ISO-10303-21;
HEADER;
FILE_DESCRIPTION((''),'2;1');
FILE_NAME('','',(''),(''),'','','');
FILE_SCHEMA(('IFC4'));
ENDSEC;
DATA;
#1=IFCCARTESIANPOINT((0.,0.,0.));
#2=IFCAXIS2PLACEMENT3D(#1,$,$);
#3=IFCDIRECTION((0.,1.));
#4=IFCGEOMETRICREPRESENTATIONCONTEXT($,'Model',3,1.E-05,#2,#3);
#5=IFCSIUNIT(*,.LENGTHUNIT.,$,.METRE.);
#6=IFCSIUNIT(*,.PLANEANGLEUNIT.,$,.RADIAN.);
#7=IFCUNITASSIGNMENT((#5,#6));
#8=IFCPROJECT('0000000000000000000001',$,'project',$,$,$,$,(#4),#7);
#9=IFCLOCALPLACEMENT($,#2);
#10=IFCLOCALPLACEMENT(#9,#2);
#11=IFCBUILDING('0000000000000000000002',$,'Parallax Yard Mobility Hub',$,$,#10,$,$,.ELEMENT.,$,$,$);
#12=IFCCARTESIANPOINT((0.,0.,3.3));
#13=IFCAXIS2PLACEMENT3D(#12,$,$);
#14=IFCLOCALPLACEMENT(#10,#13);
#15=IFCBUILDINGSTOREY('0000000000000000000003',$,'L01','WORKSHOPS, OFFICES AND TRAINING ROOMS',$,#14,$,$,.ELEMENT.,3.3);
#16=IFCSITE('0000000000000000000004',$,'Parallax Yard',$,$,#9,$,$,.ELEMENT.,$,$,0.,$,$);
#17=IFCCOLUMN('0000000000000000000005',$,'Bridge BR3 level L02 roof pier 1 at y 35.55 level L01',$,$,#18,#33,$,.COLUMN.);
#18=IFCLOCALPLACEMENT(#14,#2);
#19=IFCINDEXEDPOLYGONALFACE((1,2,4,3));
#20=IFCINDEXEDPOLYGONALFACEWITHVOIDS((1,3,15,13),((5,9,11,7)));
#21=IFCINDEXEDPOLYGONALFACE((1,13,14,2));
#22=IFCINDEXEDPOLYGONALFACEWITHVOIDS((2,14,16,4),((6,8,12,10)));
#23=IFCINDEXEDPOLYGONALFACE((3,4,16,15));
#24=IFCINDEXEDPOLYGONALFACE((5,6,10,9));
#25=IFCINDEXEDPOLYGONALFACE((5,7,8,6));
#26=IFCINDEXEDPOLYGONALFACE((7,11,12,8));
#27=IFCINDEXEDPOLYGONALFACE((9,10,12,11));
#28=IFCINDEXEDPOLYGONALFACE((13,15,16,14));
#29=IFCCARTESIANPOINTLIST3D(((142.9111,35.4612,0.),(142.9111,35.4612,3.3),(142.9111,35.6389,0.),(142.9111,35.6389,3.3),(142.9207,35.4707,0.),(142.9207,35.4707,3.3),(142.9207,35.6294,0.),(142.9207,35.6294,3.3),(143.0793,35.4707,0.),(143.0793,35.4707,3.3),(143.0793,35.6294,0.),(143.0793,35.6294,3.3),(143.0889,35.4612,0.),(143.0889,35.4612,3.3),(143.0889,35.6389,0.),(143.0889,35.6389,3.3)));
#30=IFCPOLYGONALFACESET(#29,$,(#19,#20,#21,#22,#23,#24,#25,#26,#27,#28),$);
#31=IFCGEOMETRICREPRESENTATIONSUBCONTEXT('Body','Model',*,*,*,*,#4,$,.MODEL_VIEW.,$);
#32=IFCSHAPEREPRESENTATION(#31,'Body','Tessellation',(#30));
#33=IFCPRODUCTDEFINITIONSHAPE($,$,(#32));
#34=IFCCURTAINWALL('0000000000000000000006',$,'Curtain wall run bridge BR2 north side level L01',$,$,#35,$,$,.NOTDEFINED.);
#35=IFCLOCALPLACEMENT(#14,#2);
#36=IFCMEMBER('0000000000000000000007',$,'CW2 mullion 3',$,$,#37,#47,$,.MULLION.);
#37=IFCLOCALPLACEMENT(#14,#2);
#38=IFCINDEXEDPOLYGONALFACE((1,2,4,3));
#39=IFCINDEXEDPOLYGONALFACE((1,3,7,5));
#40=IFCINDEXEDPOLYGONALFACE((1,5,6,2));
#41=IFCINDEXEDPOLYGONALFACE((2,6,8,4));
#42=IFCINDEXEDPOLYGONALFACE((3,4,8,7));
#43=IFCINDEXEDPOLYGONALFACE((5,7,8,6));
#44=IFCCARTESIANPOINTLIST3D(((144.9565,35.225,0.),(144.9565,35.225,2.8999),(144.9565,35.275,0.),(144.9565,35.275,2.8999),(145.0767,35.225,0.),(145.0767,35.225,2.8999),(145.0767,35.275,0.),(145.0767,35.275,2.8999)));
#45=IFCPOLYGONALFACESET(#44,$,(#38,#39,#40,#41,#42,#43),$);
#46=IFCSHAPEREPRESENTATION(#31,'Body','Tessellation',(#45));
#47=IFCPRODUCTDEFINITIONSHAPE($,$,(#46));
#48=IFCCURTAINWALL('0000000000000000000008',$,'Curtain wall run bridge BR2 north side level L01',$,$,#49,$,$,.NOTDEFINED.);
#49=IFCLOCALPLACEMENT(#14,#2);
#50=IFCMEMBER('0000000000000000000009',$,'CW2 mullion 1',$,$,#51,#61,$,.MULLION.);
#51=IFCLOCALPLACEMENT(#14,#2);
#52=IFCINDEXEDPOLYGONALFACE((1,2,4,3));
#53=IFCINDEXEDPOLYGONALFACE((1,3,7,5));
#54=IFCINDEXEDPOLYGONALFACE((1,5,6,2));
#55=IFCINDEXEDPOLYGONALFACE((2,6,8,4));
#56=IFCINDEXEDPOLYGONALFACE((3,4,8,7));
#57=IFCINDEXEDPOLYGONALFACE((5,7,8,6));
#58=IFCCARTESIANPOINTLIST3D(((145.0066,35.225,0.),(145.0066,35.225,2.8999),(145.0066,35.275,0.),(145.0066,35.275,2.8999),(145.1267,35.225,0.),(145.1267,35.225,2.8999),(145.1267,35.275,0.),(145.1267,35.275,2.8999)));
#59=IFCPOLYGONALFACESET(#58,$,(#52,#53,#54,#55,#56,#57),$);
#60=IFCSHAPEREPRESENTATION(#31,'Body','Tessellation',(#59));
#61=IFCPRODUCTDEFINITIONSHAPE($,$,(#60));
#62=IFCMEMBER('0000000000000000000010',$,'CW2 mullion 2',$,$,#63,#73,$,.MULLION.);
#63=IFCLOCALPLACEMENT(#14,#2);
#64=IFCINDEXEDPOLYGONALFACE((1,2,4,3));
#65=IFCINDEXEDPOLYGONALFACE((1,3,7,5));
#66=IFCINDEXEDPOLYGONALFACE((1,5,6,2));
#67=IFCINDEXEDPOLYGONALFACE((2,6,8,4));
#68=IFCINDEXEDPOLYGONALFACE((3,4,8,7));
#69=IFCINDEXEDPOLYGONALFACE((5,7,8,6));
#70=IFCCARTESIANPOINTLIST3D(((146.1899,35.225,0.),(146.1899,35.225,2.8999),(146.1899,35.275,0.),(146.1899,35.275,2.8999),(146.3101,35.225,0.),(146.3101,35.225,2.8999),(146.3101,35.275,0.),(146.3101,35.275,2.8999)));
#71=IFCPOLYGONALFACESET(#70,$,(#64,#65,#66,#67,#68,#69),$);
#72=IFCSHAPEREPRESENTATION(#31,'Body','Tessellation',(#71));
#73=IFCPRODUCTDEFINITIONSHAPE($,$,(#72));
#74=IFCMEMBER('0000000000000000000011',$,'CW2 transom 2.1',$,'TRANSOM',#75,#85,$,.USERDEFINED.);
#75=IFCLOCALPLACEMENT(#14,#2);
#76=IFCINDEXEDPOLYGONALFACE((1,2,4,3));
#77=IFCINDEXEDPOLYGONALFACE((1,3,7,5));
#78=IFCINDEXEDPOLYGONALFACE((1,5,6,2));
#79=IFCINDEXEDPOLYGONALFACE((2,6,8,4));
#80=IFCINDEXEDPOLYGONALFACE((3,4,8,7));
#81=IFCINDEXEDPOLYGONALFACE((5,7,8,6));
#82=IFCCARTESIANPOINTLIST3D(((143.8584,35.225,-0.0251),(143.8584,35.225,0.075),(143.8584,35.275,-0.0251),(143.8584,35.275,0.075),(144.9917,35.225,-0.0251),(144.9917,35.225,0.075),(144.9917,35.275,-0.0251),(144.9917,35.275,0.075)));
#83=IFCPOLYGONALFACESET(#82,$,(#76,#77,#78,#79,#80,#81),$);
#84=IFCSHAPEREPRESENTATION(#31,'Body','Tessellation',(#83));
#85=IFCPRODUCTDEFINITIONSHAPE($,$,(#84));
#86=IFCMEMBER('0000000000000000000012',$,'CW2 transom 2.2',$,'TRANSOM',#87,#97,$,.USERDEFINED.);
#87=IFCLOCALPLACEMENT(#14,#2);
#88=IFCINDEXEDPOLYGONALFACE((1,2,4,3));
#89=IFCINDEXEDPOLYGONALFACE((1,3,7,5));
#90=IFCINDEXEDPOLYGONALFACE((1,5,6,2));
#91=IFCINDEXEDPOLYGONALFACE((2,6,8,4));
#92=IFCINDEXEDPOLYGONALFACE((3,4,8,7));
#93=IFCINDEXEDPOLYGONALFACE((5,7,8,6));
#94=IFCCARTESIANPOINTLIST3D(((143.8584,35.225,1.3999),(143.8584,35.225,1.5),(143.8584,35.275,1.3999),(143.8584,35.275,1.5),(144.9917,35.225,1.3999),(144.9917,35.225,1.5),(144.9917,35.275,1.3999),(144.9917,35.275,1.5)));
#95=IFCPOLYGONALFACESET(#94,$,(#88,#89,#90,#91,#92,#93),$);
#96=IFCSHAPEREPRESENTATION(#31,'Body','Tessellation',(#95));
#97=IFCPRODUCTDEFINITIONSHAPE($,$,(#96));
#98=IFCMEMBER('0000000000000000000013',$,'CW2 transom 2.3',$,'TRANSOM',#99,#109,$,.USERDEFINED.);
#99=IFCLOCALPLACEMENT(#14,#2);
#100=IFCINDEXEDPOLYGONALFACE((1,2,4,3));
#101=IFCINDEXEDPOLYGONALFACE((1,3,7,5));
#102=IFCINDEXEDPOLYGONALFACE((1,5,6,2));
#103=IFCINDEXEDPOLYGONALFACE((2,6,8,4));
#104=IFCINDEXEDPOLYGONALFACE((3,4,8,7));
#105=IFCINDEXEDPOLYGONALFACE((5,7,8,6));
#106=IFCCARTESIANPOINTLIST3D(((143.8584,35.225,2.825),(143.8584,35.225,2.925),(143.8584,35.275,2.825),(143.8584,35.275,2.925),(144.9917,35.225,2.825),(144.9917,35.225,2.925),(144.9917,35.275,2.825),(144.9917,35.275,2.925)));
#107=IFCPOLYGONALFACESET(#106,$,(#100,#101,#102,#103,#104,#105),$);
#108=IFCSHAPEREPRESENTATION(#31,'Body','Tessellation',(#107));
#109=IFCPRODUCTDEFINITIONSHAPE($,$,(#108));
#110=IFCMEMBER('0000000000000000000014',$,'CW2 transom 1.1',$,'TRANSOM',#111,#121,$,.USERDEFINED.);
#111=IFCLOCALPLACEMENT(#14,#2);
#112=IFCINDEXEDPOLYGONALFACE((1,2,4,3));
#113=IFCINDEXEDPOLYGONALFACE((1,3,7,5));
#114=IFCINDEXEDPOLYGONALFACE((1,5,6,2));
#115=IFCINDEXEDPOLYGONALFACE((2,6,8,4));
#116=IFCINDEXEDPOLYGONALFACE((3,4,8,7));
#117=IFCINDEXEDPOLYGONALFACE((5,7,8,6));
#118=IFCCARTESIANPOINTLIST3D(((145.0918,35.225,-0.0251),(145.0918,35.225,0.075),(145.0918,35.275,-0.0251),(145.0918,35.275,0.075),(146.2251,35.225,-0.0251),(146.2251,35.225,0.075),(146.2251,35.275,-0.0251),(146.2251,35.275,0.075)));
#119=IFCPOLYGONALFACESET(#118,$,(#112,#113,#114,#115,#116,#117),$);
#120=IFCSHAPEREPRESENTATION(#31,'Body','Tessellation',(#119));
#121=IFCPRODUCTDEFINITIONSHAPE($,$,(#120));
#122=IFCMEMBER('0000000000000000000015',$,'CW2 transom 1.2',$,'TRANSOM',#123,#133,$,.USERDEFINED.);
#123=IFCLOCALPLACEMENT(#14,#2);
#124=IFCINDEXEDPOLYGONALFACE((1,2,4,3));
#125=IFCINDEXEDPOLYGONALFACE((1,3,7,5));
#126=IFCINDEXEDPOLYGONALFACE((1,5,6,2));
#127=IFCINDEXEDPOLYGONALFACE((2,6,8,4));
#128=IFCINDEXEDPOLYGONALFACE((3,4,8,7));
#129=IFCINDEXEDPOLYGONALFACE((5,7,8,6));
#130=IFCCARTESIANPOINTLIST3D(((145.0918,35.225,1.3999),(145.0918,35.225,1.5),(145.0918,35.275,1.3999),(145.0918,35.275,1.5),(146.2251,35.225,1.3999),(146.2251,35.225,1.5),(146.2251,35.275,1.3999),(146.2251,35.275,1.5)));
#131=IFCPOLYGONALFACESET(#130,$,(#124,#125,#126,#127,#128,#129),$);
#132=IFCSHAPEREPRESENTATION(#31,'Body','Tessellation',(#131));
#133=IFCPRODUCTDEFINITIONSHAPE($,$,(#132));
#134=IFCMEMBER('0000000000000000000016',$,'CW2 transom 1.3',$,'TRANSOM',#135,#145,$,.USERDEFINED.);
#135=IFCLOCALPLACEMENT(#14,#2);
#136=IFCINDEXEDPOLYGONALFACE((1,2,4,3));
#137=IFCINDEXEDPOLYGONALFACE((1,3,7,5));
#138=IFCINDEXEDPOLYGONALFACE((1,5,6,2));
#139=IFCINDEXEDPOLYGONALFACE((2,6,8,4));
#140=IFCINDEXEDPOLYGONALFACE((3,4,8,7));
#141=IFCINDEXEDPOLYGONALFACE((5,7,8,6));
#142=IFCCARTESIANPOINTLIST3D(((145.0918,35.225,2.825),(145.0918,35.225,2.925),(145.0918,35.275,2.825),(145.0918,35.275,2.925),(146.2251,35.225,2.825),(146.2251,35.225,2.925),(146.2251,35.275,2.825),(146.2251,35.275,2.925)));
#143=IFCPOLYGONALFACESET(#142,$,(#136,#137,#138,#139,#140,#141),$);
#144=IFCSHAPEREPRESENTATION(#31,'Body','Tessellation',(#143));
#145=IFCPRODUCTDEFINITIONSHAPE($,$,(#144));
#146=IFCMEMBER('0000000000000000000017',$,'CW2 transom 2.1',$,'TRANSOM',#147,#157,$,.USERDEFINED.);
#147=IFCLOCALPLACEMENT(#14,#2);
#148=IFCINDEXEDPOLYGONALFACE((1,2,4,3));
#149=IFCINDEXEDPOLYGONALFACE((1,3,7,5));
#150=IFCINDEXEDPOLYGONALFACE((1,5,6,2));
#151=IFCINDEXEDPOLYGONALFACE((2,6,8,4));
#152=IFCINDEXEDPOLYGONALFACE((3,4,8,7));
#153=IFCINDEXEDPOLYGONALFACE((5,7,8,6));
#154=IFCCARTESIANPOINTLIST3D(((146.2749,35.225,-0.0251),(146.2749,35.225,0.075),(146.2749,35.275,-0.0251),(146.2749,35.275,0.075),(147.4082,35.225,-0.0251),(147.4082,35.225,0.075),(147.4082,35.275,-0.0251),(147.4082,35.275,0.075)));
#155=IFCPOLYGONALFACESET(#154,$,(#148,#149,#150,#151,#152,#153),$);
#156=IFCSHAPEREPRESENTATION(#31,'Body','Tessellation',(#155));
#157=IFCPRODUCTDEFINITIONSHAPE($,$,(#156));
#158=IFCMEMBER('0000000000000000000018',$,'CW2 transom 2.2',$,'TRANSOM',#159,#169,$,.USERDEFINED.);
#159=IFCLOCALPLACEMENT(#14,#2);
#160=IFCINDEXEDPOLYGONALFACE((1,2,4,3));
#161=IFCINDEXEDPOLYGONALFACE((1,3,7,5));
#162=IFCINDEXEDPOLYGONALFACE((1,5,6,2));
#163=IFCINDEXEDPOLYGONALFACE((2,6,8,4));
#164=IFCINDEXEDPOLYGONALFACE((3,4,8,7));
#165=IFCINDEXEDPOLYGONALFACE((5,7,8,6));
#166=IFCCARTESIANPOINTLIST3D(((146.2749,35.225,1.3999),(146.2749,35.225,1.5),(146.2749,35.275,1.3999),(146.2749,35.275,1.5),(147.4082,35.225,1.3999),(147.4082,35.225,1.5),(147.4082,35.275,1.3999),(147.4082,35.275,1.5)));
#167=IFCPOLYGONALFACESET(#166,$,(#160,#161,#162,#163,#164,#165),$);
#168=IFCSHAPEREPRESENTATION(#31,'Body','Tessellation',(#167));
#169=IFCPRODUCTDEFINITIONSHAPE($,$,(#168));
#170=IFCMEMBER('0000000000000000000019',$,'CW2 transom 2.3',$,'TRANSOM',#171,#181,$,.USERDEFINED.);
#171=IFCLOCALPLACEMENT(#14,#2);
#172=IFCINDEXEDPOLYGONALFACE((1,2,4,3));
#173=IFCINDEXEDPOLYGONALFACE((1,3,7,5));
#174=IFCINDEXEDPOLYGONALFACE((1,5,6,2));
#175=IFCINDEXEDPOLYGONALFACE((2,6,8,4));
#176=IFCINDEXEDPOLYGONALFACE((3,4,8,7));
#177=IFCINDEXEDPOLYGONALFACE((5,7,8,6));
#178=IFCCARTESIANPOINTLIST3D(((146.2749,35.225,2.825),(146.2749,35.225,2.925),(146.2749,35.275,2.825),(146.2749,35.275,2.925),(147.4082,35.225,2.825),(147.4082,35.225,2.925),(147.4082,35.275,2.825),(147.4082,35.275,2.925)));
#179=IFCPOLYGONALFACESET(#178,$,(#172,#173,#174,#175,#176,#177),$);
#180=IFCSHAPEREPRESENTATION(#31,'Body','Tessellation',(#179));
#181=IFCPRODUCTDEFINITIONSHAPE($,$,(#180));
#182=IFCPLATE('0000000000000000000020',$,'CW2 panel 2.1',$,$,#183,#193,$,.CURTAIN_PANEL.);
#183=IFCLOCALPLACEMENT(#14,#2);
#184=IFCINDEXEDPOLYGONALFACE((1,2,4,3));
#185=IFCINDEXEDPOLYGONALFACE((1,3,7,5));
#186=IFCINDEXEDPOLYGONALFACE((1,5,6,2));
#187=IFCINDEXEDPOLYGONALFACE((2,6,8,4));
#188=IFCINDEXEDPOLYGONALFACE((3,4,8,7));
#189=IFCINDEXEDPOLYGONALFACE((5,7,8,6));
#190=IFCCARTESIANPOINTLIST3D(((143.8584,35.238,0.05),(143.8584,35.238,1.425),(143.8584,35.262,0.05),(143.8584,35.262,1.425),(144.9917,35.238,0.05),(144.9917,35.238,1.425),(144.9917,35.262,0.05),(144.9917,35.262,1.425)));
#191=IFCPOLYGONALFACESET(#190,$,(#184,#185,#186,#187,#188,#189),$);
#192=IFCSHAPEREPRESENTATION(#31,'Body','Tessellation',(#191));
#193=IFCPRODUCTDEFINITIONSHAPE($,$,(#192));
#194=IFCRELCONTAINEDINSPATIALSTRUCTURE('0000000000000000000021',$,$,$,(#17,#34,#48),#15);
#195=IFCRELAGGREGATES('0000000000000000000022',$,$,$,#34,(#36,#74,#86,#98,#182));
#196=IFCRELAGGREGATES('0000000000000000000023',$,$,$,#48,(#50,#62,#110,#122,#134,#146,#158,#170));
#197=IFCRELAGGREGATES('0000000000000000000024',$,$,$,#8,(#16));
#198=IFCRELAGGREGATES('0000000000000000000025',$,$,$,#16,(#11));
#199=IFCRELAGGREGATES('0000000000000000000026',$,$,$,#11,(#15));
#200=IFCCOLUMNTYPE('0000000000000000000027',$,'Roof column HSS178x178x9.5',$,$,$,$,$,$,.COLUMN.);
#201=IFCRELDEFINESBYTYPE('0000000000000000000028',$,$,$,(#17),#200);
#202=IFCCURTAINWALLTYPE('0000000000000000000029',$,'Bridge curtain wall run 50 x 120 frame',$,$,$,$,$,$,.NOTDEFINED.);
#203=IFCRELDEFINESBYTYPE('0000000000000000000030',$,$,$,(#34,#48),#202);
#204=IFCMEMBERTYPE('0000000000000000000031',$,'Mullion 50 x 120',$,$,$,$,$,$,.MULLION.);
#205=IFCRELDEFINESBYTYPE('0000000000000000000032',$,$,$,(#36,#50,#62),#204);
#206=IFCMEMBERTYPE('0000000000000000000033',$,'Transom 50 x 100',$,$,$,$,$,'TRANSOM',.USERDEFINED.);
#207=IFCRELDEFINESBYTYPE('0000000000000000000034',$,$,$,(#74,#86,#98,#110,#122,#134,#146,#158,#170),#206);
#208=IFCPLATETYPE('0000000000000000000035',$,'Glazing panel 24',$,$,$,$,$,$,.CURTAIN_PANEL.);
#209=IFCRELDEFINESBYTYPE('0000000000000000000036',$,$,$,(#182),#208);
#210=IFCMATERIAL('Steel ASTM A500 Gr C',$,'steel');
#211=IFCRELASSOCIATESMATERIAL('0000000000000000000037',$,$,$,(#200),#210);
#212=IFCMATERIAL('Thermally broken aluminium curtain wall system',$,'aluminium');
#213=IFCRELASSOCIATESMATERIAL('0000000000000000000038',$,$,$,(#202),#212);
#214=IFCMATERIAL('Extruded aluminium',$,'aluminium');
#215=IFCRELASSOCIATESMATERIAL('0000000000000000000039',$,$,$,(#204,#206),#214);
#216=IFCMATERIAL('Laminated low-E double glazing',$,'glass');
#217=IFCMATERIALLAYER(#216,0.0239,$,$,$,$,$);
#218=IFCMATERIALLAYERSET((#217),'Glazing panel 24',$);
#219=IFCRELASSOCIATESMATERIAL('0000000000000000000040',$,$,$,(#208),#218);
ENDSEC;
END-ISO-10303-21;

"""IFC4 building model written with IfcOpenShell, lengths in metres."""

from ifc_helpers import new_model, si_unit, direction, frame, origin, origin_2d, place, context, subcontext, project, spatial, rectangle, hollow_rectangle, extrude, material, layer, layer_set, material_profile, profile_set, type_object, element, aggregate, save


model = new_model("IFC4")

# Units and contexts
model_context = context("Model", 3, precision=1e-05, world=origin(), true_north=direction((0.0, 1.0)))
body_context = subcontext(model_context, "Body", "Model", "MODEL_VIEW")
ifc_project = project(units=[si_unit("LENGTHUNIT", "METRE"), si_unit("PLANEANGLEUNIT", "RADIAN")], contexts=[model_context])

# Site, building, storey
site_placement = place(None, origin())
site = spatial("IfcSite", under=ifc_project, at=site_placement, Name="Parallax Yard", CompositionType="ELEMENT", RefElevation=0.0)
building_placement = place(site_placement, origin())
building = spatial("IfcBuilding", under=site, at=building_placement, Name="Parallax Yard Mobility Hub", CompositionType="ELEMENT")
storey_placement = place(building_placement, frame((0.0, 0.0, 3.3)))
storey = spatial("IfcBuildingStorey", under=building, at=storey_placement, Name="L01", Description="WORKSHOPS, OFFICES AND TRAINING ROOMS", CompositionType="ELEMENT", Elevation=3.3)

# Column
ifc_material_1 = material(Name="Steel ASTM A500 Gr C", Category="steel")
ifc_material_profile_1 = material_profile(ifc_material_1, hollow_rectangle(XDim=0.1777, YDim=0.1777, WallThickness=0.0095, at=origin_2d()), Name="HSS178x178x9.5")
ifc_profile_set_1 = profile_set([ifc_material_profile_1], Name="Steel ASTM A500 Gr C")
column_type = type_object("IfcColumnType", Name="Roof column HSS178x178x9.5", PredefinedType="COLUMN", material=ifc_profile_set_1)
column_placement = place(storey_placement, frame((143.0, 35.55, 0.0), z_axis=(0.0, 0.0, 1.0), x_axis=(1.0, 0.0, 0.0)))
element("IfcColumn", 1, at=column_placement, inside=storey, type_object=column_type, Name="Bridge BR3 level L02 roof pier 1 at y 35.55 level L01", PredefinedType="COLUMN", context=body_context, shape_type="SweptSolid", body=[
    extrude(hollow_rectangle(XDim=0.1777, YDim=0.1777, WallThickness=0.0095, at=origin_2d()), origin(), (0.0, 0.0, 1.0), 3.3),
])

# Curtain wall, member
ifc_material_2 = material(Name="Thermally broken aluminium curtain wall system", Category="aluminium")
curtain_wall_type = type_object("IfcCurtainWallType", Name="Bridge curtain wall run 50 x 120 frame", PredefinedType="NOTDEFINED", material=ifc_material_2)
curtain_wall_1_placement = place(storey_placement, origin())
curtain_wall_1 = element("IfcCurtainWall", 2, at=curtain_wall_1_placement, inside=storey, type_object=curtain_wall_type, Name="Curtain wall run bridge BR2 north side level L01", PredefinedType="NOTDEFINED")
ifc_material_3 = material(Name="Extruded aluminium", Category="aluminium")
ifc_material_profile_2 = material_profile(ifc_material_3, rectangle(XDim=0.05, YDim=0.1201, at=origin_2d()), Name="Mullion 50 x 120")
ifc_profile_set_2 = profile_set([ifc_material_profile_2], Name="Extruded aluminium")
member_type_1 = type_object("IfcMemberType", Name="Mullion 50 x 120", PredefinedType="MULLION", material=ifc_profile_set_2)
member_1_placement = place(storey_placement, frame((145.0166, 35.25, 0.0), z_axis=(0.0, 0.0, 1.0), x_axis=(0.0, 1.0, 0.0)))
member_1 = element("IfcMember", 3, at=member_1_placement, type_object=member_type_1, Name="CW2 mullion 3", PredefinedType="MULLION", context=body_context, shape_type="SweptSolid", body=[
    extrude(rectangle(XDim=0.05, YDim=0.1201, at=origin_2d()), origin(), (0.0, 0.0, 1.0), 2.8999),
])

# Curtain wall, members
curtain_wall_2_placement = place(storey_placement, origin())
curtain_wall_2 = element("IfcCurtainWall", 4, at=curtain_wall_2_placement, inside=storey, type_object=curtain_wall_type, Name="Curtain wall run bridge BR2 north side level L01", PredefinedType="NOTDEFINED")
member_2_placement = place(storey_placement, frame((145.0667, 35.25, 0.0), z_axis=(0.0, 0.0, 1.0), x_axis=(0.0, 1.0, 0.0)))
member_2 = element("IfcMember", 5, at=member_2_placement, type_object=member_type_1, Name="CW2 mullion 1", PredefinedType="MULLION", context=body_context, shape_type="SweptSolid", body=[
    extrude(rectangle(XDim=0.05, YDim=0.1201, at=origin_2d()), origin(), (0.0, 0.0, 1.0), 2.8999),
])
member_3_placement = place(storey_placement, frame((146.25, 35.25, 0.0), z_axis=(0.0, 0.0, 1.0), x_axis=(0.0, 1.0, 0.0)))
member_3 = element("IfcMember", 6, at=member_3_placement, type_object=member_type_1, Name="CW2 mullion 2", PredefinedType="MULLION", context=body_context, shape_type="SweptSolid", body=[
    extrude(rectangle(XDim=0.05, YDim=0.1201, at=origin_2d()), origin(), (0.0, 0.0, 1.0), 2.8999),
])

# Members
ifc_material_profile_3 = material_profile(ifc_material_3, rectangle(XDim=0.05, YDim=0.1001, at=origin_2d()), Name="Transom 50 x 100")
ifc_profile_set_3 = profile_set([ifc_material_profile_3], Name="Extruded aluminium")
member_type_2 = type_object("IfcMemberType", Name="Transom 50 x 100", ElementType="TRANSOM", PredefinedType="USERDEFINED", material=ifc_profile_set_3)
member_4_placement = place(storey_placement, frame((143.8584, 35.25, 0.0249), z_axis=(1.0, 0.0, 0.0), x_axis=(0.0, 1.0, 0.0)))
member_4 = element("IfcMember", 7, at=member_4_placement, type_object=member_type_2, Name="CW2 transom 2.1", ObjectType="TRANSOM", PredefinedType="USERDEFINED", context=body_context, shape_type="SweptSolid", body=[
    extrude(rectangle(XDim=0.05, YDim=0.1001, at=origin_2d()), origin(), (0.0, 0.0, 1.0), 1.1333),
])
member_5_placement = place(storey_placement, frame((143.8584, 35.25, 1.45), z_axis=(1.0, 0.0, 0.0), x_axis=(0.0, 1.0, 0.0)))
member_5 = element("IfcMember", 8, at=member_5_placement, type_object=member_type_2, Name="CW2 transom 2.2", ObjectType="TRANSOM", PredefinedType="USERDEFINED", context=body_context, shape_type="SweptSolid", body=[
    extrude(rectangle(XDim=0.05, YDim=0.1001, at=origin_2d()), origin(), (0.0, 0.0, 1.0), 1.1333),
])
member_6_placement = place(storey_placement, frame((143.8584, 35.25, 2.875), z_axis=(1.0, 0.0, 0.0), x_axis=(0.0, 1.0, 0.0)))
member_6 = element("IfcMember", 9, at=member_6_placement, type_object=member_type_2, Name="CW2 transom 2.3", ObjectType="TRANSOM", PredefinedType="USERDEFINED", context=body_context, shape_type="SweptSolid", body=[
    extrude(rectangle(XDim=0.05, YDim=0.1001, at=origin_2d()), origin(), (0.0, 0.0, 1.0), 1.1333),
])
member_7_placement = place(storey_placement, frame((145.0918, 35.25, 0.0249), z_axis=(1.0, 0.0, 0.0), x_axis=(0.0, 1.0, 0.0)))
member_7 = element("IfcMember", 10, at=member_7_placement, type_object=member_type_2, Name="CW2 transom 1.1", ObjectType="TRANSOM", PredefinedType="USERDEFINED", context=body_context, shape_type="SweptSolid", body=[
    extrude(rectangle(XDim=0.05, YDim=0.1001, at=origin_2d()), origin(), (0.0, 0.0, 1.0), 1.1333),
])
member_8_placement = place(storey_placement, frame((145.0918, 35.25, 1.45), z_axis=(1.0, 0.0, 0.0), x_axis=(0.0, 1.0, 0.0)))
member_8 = element("IfcMember", 11, at=member_8_placement, type_object=member_type_2, Name="CW2 transom 1.2", ObjectType="TRANSOM", PredefinedType="USERDEFINED", context=body_context, shape_type="SweptSolid", body=[
    extrude(rectangle(XDim=0.05, YDim=0.1001, at=origin_2d()), origin(), (0.0, 0.0, 1.0), 1.1333),
])
member_9_placement = place(storey_placement, frame((145.0918, 35.25, 2.875), z_axis=(1.0, 0.0, 0.0), x_axis=(0.0, 1.0, 0.0)))
member_9 = element("IfcMember", 12, at=member_9_placement, type_object=member_type_2, Name="CW2 transom 1.3", ObjectType="TRANSOM", PredefinedType="USERDEFINED", context=body_context, shape_type="SweptSolid", body=[
    extrude(rectangle(XDim=0.05, YDim=0.1001, at=origin_2d()), origin(), (0.0, 0.0, 1.0), 1.1333),
])
member_10_placement = place(storey_placement, frame((146.2749, 35.25, 0.0249), z_axis=(1.0, 0.0, 0.0), x_axis=(0.0, 1.0, 0.0)))
member_10 = element("IfcMember", 13, at=member_10_placement, type_object=member_type_2, Name="CW2 transom 2.1", ObjectType="TRANSOM", PredefinedType="USERDEFINED", context=body_context, shape_type="SweptSolid", body=[
    extrude(rectangle(XDim=0.05, YDim=0.1001, at=origin_2d()), origin(), (0.0, 0.0, 1.0), 1.1333),
])
member_11_placement = place(storey_placement, frame((146.2749, 35.25, 1.45), z_axis=(1.0, 0.0, 0.0), x_axis=(0.0, 1.0, 0.0)))
member_11 = element("IfcMember", 14, at=member_11_placement, type_object=member_type_2, Name="CW2 transom 2.2", ObjectType="TRANSOM", PredefinedType="USERDEFINED", context=body_context, shape_type="SweptSolid", body=[
    extrude(rectangle(XDim=0.05, YDim=0.1001, at=origin_2d()), origin(), (0.0, 0.0, 1.0), 1.1333),
])
member_12_placement = place(storey_placement, frame((146.2749, 35.25, 2.875), z_axis=(1.0, 0.0, 0.0), x_axis=(0.0, 1.0, 0.0)))
member_12 = element("IfcMember", 15, at=member_12_placement, type_object=member_type_2, Name="CW2 transom 2.3", ObjectType="TRANSOM", PredefinedType="USERDEFINED", context=body_context, shape_type="SweptSolid", body=[
    extrude(rectangle(XDim=0.05, YDim=0.1001, at=origin_2d()), origin(), (0.0, 0.0, 1.0), 1.1333),
])

# Plate
ifc_material_4 = material(Name="Laminated low-E double glazing", Category="glass")
ifc_layer = layer(ifc_material_4, 0.0239)
ifc_layer_set = layer_set([ifc_layer], Name="Glazing panel 24")
plate_type = type_object("IfcPlateType", Name="Glazing panel 24", PredefinedType="CURTAIN_PANEL", material=ifc_layer_set)
plate_1_placement = place(storey_placement, frame((144.425, 35.25, 0.05), z_axis=(0.0, 0.0, 1.0), x_axis=(1.0, 0.0, 0.0)))
plate_1 = element("IfcPlate", 16, at=plate_1_placement, type_object=plate_type, Name="CW2 panel 2.1", PredefinedType="CURTAIN_PANEL", context=body_context, shape_type="SweptSolid", body=[
    extrude(rectangle(XDim=1.1333, YDim=0.0239, at=origin_2d()), origin(), (0.0, 0.0, 1.0), 1.375),
])
aggregate(curtain_wall_1, [member_1, member_4, member_5, member_6, plate_1])
aggregate(curtain_wall_2, [member_2, member_3, member_7, member_8, member_9, member_10, member_11, member_12])

save(model, "model.ifc")
